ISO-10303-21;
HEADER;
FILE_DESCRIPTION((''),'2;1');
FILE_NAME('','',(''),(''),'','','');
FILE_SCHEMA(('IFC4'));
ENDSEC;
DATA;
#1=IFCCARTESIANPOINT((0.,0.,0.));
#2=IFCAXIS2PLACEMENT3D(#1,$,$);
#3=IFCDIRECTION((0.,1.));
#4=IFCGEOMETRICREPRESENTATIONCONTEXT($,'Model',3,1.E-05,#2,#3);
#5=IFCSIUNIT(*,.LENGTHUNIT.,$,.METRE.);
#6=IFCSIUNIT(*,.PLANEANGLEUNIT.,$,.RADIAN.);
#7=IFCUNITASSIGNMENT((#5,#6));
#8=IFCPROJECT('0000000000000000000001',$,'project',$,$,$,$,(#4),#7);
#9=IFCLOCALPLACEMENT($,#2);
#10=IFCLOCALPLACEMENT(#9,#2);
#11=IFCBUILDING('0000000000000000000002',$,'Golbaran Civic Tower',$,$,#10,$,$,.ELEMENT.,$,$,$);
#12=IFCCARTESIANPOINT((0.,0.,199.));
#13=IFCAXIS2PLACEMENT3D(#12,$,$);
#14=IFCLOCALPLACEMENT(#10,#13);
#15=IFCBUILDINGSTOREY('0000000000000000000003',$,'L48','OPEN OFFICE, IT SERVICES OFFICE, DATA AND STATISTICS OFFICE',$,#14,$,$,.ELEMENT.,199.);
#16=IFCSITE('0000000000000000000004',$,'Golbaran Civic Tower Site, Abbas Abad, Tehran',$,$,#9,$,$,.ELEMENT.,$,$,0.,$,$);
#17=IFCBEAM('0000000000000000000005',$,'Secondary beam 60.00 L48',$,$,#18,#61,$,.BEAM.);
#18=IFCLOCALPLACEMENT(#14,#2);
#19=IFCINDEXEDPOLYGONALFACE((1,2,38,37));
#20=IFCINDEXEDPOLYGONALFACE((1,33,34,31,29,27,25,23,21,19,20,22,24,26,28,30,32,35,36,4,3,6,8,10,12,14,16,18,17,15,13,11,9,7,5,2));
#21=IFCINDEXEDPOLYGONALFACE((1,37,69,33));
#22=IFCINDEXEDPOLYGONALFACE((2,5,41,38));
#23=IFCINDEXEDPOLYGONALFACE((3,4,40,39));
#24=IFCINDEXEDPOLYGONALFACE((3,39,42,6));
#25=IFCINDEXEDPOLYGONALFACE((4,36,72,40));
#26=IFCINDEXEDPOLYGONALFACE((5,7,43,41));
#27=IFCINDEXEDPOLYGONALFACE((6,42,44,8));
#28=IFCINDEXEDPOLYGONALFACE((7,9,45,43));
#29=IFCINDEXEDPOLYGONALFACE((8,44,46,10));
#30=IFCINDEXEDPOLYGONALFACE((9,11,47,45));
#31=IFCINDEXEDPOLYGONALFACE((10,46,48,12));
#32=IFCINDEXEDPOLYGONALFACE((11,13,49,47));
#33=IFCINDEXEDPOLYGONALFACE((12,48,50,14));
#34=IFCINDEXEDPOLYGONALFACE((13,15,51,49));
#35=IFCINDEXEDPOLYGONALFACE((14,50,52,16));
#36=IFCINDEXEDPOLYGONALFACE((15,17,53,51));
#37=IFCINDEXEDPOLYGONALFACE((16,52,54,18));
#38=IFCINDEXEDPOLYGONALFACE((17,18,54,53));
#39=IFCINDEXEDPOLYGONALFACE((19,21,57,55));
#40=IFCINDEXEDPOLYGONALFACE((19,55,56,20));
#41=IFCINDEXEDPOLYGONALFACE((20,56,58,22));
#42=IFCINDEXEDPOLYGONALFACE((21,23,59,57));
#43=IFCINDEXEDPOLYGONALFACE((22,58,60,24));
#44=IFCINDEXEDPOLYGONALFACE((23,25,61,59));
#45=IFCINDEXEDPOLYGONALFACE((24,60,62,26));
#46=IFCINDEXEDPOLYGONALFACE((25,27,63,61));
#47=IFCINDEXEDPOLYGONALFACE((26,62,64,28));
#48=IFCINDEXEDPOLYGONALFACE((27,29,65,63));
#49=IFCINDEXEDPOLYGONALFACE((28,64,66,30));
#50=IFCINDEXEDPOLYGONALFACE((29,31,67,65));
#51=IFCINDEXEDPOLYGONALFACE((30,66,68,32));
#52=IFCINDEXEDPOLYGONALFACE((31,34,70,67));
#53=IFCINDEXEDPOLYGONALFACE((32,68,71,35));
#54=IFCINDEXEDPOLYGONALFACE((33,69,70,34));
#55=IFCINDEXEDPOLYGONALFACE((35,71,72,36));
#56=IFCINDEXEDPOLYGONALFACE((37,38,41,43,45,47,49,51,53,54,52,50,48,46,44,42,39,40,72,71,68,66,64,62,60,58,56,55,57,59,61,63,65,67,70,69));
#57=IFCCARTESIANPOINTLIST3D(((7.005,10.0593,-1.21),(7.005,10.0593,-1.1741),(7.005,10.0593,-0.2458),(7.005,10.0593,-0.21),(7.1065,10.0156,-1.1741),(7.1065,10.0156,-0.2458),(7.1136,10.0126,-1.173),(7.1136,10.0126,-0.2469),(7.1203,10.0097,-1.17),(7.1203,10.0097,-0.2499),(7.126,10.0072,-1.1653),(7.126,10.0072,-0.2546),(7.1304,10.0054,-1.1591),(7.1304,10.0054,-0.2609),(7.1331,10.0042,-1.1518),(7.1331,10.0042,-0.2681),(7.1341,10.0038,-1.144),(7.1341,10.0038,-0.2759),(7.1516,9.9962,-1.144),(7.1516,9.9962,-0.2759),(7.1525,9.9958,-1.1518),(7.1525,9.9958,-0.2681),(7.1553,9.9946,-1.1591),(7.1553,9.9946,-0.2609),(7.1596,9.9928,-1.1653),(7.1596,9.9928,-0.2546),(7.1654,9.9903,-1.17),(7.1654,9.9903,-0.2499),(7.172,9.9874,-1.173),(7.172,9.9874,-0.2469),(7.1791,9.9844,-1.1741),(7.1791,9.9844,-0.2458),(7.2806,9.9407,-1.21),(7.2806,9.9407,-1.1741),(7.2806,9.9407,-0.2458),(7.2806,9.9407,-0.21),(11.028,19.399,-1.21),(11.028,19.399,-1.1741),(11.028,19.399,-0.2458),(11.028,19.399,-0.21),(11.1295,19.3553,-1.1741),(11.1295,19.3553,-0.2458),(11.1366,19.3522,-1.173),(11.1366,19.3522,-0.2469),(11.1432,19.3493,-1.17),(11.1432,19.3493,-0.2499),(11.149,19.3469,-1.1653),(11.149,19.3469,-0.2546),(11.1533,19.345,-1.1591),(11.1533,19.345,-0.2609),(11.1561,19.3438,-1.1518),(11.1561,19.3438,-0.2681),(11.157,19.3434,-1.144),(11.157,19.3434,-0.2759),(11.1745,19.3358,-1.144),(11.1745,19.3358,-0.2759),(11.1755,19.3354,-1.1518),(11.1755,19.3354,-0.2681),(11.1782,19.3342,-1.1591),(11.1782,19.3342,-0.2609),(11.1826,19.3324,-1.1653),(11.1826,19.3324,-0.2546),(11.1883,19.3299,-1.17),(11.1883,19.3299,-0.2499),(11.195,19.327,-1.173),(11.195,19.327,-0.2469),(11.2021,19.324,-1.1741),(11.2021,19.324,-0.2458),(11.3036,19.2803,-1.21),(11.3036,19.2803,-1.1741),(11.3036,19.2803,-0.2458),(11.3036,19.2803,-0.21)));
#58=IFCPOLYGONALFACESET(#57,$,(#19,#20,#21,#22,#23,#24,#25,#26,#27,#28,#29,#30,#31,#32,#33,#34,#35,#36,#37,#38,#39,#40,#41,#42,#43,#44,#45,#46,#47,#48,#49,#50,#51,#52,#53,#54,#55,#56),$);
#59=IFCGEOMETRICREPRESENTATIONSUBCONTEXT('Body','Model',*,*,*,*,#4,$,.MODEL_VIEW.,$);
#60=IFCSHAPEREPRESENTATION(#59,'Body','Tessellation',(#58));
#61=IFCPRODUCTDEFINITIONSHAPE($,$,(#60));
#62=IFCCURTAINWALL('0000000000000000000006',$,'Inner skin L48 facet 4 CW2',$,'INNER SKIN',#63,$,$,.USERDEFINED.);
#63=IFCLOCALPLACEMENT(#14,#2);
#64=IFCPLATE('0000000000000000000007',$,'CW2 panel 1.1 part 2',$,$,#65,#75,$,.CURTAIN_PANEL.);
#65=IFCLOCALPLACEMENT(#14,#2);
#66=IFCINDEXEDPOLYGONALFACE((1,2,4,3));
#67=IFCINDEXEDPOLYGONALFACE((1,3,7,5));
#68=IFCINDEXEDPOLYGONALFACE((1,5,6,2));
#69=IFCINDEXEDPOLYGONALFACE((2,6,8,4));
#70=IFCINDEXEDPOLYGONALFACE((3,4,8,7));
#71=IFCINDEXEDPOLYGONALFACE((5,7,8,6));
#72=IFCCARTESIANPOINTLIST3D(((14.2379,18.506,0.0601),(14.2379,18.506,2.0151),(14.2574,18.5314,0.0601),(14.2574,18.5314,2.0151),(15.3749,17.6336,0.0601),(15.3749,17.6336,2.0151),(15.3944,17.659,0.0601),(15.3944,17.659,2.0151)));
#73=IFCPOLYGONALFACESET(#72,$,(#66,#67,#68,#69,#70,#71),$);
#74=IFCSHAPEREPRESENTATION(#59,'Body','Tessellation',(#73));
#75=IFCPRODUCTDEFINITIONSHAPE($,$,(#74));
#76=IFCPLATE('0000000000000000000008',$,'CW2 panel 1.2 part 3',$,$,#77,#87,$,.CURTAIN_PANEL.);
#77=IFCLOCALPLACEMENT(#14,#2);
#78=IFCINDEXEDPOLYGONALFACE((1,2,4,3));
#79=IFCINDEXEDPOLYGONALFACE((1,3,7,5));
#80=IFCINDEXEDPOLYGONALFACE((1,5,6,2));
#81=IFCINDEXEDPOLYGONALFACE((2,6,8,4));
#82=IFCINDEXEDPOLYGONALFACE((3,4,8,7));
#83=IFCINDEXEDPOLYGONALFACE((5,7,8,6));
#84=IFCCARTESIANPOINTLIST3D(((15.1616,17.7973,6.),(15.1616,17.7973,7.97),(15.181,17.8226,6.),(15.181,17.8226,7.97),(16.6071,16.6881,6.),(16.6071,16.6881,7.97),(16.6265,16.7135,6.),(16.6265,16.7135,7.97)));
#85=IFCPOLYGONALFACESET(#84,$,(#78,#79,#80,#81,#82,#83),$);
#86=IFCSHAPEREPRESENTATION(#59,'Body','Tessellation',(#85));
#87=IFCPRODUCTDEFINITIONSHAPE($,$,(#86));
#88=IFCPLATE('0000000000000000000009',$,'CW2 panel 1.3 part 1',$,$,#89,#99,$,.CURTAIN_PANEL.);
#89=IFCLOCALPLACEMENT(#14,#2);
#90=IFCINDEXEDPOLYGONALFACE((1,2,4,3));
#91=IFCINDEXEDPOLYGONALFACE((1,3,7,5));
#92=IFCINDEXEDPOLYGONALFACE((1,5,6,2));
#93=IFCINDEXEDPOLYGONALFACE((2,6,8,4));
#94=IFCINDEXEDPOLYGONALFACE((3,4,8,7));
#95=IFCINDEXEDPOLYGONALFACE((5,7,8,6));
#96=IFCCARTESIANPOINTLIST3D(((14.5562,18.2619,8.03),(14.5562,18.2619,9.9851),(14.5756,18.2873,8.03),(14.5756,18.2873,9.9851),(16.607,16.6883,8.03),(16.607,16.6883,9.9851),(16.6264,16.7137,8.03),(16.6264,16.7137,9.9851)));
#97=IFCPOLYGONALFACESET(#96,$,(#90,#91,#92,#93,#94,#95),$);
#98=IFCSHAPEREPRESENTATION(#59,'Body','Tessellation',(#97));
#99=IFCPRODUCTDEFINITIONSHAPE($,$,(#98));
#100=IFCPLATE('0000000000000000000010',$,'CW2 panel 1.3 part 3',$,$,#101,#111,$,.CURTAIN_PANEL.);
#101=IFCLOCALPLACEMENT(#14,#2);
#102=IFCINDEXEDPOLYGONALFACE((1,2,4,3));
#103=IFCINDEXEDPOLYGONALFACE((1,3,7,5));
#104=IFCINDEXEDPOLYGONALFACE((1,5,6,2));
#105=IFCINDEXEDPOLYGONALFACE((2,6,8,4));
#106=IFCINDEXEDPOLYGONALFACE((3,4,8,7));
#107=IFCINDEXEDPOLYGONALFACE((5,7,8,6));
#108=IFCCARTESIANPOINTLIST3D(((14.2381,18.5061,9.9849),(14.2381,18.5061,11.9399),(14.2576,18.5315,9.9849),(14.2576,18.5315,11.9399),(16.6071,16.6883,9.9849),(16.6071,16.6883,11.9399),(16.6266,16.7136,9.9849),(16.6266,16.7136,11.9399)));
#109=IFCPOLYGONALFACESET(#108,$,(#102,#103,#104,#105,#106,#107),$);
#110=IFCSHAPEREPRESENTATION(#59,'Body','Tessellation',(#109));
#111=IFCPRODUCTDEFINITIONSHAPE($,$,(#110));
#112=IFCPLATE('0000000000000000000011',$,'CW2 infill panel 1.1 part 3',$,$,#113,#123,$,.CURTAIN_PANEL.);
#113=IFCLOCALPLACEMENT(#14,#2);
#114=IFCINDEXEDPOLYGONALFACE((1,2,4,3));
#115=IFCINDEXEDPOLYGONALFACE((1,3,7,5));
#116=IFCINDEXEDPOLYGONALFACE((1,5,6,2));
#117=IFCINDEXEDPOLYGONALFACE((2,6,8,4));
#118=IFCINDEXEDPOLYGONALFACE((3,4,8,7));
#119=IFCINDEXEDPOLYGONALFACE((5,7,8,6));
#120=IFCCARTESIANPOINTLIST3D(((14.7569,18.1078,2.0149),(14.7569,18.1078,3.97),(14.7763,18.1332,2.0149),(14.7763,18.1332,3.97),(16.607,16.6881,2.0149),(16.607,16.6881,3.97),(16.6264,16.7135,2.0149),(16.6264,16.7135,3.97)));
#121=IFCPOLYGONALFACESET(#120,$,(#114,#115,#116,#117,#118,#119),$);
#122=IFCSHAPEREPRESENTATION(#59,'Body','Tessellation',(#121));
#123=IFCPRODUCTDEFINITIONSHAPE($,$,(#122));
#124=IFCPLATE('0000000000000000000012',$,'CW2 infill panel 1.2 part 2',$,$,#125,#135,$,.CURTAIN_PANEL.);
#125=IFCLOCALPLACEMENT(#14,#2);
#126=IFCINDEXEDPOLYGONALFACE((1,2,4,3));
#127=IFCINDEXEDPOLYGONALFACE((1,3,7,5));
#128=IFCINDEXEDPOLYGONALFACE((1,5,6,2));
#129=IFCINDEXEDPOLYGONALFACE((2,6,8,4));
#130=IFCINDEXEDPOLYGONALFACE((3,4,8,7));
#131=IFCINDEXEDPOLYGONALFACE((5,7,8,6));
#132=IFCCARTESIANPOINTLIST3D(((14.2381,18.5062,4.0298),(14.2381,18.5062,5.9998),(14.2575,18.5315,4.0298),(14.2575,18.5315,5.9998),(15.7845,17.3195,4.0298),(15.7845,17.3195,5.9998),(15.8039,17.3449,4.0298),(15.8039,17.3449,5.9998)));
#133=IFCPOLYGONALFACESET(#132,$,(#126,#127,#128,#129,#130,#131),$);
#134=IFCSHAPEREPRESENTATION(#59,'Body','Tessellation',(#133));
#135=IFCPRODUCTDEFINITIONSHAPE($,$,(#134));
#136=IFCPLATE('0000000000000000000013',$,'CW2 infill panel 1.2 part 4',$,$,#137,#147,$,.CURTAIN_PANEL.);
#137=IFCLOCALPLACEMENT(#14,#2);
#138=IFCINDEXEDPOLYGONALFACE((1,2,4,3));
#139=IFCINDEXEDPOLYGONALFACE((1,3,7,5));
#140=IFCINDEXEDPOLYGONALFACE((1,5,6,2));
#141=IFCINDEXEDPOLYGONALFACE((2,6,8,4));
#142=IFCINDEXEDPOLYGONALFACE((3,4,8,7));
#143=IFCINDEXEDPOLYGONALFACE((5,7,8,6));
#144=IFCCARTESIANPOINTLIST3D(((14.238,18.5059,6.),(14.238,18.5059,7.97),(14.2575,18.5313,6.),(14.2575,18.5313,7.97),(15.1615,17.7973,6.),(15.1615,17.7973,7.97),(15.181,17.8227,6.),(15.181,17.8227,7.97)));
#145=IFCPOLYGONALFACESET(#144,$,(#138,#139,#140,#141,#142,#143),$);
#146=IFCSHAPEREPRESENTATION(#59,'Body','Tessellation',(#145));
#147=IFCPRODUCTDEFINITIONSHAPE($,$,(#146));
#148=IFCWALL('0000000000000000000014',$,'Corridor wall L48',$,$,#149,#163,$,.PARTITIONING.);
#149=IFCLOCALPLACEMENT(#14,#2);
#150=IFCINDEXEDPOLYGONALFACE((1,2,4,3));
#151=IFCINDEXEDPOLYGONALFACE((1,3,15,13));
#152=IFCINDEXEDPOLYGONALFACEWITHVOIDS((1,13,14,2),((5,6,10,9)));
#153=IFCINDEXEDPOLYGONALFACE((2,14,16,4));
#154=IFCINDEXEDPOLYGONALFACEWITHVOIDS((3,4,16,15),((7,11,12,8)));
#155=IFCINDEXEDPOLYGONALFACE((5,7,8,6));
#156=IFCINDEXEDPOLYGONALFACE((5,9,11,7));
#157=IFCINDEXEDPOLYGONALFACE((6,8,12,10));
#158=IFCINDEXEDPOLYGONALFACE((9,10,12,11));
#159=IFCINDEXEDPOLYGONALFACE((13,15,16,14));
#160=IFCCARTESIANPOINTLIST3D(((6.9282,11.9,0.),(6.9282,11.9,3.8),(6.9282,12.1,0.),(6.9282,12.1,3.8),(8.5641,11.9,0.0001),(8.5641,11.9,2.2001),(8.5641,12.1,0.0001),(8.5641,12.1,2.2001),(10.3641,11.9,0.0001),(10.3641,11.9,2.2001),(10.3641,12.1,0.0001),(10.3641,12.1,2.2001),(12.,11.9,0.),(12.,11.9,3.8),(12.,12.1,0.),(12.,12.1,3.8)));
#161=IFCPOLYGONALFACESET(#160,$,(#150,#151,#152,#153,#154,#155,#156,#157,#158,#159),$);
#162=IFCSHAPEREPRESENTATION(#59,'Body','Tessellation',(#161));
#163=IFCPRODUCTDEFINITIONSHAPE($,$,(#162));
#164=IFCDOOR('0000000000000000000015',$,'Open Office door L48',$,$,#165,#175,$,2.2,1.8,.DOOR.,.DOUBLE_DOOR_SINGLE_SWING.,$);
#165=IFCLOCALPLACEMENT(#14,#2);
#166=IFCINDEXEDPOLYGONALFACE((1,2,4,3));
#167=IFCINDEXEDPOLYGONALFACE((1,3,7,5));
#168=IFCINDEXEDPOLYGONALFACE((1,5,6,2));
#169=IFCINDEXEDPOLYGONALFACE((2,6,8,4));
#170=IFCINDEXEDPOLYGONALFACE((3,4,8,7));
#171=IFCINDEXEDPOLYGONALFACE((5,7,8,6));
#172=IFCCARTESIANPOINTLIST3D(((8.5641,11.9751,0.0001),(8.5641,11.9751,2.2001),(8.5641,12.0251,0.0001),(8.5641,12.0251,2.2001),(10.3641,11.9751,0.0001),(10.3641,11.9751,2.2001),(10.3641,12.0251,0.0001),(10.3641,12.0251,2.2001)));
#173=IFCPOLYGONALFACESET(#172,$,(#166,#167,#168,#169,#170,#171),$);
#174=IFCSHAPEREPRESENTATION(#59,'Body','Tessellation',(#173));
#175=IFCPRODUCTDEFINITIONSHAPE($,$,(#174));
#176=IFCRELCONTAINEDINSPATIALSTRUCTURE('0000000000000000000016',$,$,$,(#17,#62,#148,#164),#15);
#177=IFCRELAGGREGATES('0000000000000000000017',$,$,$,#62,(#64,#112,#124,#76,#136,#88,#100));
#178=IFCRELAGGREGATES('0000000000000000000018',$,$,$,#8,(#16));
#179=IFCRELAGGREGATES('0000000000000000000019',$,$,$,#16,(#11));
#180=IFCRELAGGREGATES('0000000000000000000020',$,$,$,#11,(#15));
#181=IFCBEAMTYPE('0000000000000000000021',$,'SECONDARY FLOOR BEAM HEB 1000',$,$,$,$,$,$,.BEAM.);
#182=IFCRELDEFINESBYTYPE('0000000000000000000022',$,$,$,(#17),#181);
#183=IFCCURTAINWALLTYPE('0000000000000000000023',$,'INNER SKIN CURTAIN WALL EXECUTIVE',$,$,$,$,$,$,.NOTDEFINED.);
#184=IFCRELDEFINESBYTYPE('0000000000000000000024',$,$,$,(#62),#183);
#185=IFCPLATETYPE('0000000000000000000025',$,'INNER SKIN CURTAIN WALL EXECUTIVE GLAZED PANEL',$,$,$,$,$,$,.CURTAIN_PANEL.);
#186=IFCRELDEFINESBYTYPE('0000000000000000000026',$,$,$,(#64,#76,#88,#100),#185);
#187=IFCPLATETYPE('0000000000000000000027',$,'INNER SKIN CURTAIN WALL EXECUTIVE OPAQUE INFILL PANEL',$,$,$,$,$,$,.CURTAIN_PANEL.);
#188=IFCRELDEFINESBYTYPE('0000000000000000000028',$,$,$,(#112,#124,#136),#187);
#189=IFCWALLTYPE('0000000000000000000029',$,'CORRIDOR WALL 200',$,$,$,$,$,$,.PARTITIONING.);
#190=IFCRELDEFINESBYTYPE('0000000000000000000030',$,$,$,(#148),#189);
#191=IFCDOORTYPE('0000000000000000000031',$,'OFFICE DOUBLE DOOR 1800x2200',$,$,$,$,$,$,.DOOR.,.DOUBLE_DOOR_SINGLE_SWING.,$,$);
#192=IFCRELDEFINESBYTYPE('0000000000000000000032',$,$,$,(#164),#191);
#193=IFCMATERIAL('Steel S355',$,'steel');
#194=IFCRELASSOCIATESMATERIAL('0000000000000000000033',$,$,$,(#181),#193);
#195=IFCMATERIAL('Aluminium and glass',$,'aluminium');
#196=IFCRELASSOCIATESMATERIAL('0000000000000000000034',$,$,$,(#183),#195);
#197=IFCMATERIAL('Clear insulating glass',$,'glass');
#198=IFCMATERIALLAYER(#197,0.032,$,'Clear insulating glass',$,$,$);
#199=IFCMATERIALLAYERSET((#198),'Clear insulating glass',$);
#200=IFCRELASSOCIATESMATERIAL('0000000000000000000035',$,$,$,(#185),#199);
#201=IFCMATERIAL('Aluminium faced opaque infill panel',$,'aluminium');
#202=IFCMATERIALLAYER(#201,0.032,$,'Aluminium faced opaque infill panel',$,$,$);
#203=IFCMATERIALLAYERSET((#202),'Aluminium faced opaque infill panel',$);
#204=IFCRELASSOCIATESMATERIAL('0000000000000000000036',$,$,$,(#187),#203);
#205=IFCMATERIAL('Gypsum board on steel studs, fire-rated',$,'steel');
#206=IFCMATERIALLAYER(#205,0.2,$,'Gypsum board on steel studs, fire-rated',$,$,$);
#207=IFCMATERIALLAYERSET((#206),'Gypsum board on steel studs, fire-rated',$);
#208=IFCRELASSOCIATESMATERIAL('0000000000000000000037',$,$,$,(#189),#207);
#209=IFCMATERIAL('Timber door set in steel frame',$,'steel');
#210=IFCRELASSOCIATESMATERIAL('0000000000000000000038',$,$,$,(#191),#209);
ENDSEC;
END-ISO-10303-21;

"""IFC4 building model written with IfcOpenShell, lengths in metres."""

from ifc_helpers import new_model, si_unit, direction, frame, frame_2d, origin, origin_2d, place, context, subcontext, project, spatial, rectangle, i_section, extrude, material, layer, layer_set, material_profile, profile_set, type_object, element, fill, aggregate, save


model = new_model("IFC4")

# Units and contexts
model_context = context("Model", 3, precision=1e-05, world=origin(), true_north=direction((0.0, 1.0)))
body_context = subcontext(model_context, "Body", "Model", "MODEL_VIEW")
ifc_project = project(units=[si_unit("LENGTHUNIT", "METRE"), si_unit("PLANEANGLEUNIT", "RADIAN")], contexts=[model_context])

# Site, building, storey
site_placement = place(None, origin())
site = spatial("IfcSite", under=ifc_project, at=site_placement, Name="Golbaran Civic Tower Site, Abbas Abad, Tehran", CompositionType="ELEMENT", RefElevation=0.0)
building_placement = place(site_placement, origin())
building = spatial("IfcBuilding", under=site, at=building_placement, Name="Golbaran Civic Tower", CompositionType="ELEMENT")
storey_placement = place(building_placement, frame((0.0, 0.0, 199.0)))
storey = spatial("IfcBuildingStorey", under=building, at=storey_placement, Name="L48", Description="OPEN OFFICE, IT SERVICES OFFICE, DATA AND STATISTICS OFFICE", CompositionType="ELEMENT", Elevation=199.0)

# Beam
ifc_material_1 = material(Name="Steel S355", Category="steel")
ifc_material_profile_1 = material_profile(ifc_material_1, i_section(OverallWidth=0.3, OverallDepth=1.0, WebThickness=0.019, FlangeThickness=0.0359, FilletRadius=0.03, at=origin_2d()), Name="HEB 1000")
ifc_profile_set_1 = profile_set([ifc_material_profile_1], Name="Steel S355")
beam_type_1 = type_object("IfcBeamType", Name="SECONDARY FLOOR BEAM HEB 1000", PredefinedType="BEAM", material=ifc_profile_set_1)
beam_1_placement = place(storey_placement, frame((7.1428, 10.0, -0.71), z_axis=(0.395602, 0.918422, 0.0), x_axis=(-0.918422, 0.395602, 0.0)))
element("IfcBeam", 1, at=beam_1_placement, inside=storey, type_object=beam_type_1, Name="Secondary beam 60.00 L48", PredefinedType="BEAM", context=body_context, shape_type="SweptSolid", body=[
    extrude(i_section(OverallWidth=0.3, OverallDepth=1.0, WebThickness=0.019, FlangeThickness=0.0359, FilletRadius=0.03, at=origin_2d()), origin(), (0.0, 0.0, 1.0), 10.1692),
])

# Curtain wall, plates
ifc_material_2 = material(Name="Aluminium and glass", Category="aluminium")
curtain_wall_type = type_object("IfcCurtainWallType", Name="INNER SKIN CURTAIN WALL EXECUTIVE", PredefinedType="NOTDEFINED", material=ifc_material_2)
curtain_wall_placement = place(storey_placement, origin())
curtain_wall = element("IfcCurtainWall", 2, at=curtain_wall_placement, inside=storey, type_object=curtain_wall_type, Name="Inner skin L48 facet 4 CW2", ObjectType="INNER SKIN", PredefinedType="USERDEFINED")
ifc_material_3 = material(Name="Clear insulating glass", Category="glass")
ifc_layer_1 = layer(ifc_material_3, 0.032, Name="Clear insulating glass")
ifc_layer_set_1 = layer_set([ifc_layer_1], Name="Clear insulating glass")
plate_type_1 = type_object("IfcPlateType", Name="INNER SKIN CURTAIN WALL EXECUTIVE GLAZED PANEL", PredefinedType="CURTAIN_PANEL", material=ifc_layer_set_1)
plate_1_placement = place(storey_placement, frame((14.8162, 18.0825, 0.0601), z_axis=(0.0, 0.0, 1.0), x_axis=(-0.793353, 0.608761, 0.0)))
plate_1 = element("IfcPlate", 3, at=plate_1_placement, type_object=plate_type_1, Name="CW2 panel 1.1 part 2", PredefinedType="CURTAIN_PANEL", context=body_context, shape_type="SweptSolid", body=[
    extrude(rectangle(XDim=1.4331, YDim=0.032, at=origin_2d()), origin(), (0.0, 0.0, 1.0), 1.9551),
])
plate_2_placement = place(storey_placement, frame((15.894, 17.2554, 6.0), z_axis=(0.0, 0.0, 1.0), x_axis=(-0.793353, 0.608761, 0.0)))
plate_2 = element("IfcPlate", 4, at=plate_2_placement, type_object=plate_type_1, Name="CW2 panel 1.2 part 3", PredefinedType="CURTAIN_PANEL", context=body_context, shape_type="SweptSolid", body=[
    extrude(rectangle(XDim=1.822, YDim=0.032, at=origin_2d()), origin(), (0.0, 0.0, 1.0), 1.97),
])
plate_3_placement = place(storey_placement, frame((15.5913, 17.4878, 8.03), z_axis=(0.0, 0.0, 1.0), x_axis=(-0.793353, 0.608761, 0.0)))
plate_3 = element("IfcPlate", 5, at=plate_3_placement, type_object=plate_type_1, Name="CW2 panel 1.3 part 1", PredefinedType="CURTAIN_PANEL", context=body_context, shape_type="SweptSolid", body=[
    extrude(rectangle(XDim=2.585, YDim=0.032, at=origin_2d()), origin(), (0.0, 0.0, 1.0), 1.9551),
])
plate_4_placement = place(storey_placement, frame((15.4324, 17.6099, 9.9849), z_axis=(0.0, 0.0, 1.0), x_axis=(-0.793353, 0.608761, 0.0)))
plate_4 = element("IfcPlate", 6, at=plate_4_placement, type_object=plate_type_1, Name="CW2 panel 1.3 part 3", PredefinedType="CURTAIN_PANEL", context=body_context, shape_type="SweptSolid", body=[
    extrude(rectangle(XDim=2.9861, YDim=0.032, at=origin_2d()), origin(), (0.0, 0.0, 1.0), 1.9551),
])
ifc_material_4 = material(Name="Aluminium faced opaque infill panel", Category="aluminium")
ifc_layer_2 = layer(ifc_material_4, 0.032, Name="Aluminium faced opaque infill panel")
ifc_layer_set_2 = layer_set([ifc_layer_2], Name="Aluminium faced opaque infill panel")
plate_type_2 = type_object("IfcPlateType", Name="INNER SKIN CURTAIN WALL EXECUTIVE OPAQUE INFILL PANEL", PredefinedType="CURTAIN_PANEL", material=ifc_layer_set_2)
plate_5_placement = place(storey_placement, frame((15.6917, 17.4106, 2.0149), z_axis=(0.0, 0.0, 1.0), x_axis=(-0.793353, 0.608761, 0.0)))
plate_5 = element("IfcPlate", 7, at=plate_5_placement, type_object=plate_type_2, Name="CW2 infill panel 1.1 part 3", PredefinedType="CURTAIN_PANEL", context=body_context, shape_type="SweptSolid", body=[
    extrude(rectangle(XDim=2.332, YDim=0.032, at=origin_2d()), origin(), (0.0, 0.0, 1.0), 1.9551),
])
plate_6_placement = place(storey_placement, frame((15.021, 17.9255, 4.0298), z_axis=(0.0, 0.0, 1.0), x_axis=(-0.793353, 0.608761, 0.0)))
plate_6 = element("IfcPlate", 8, at=plate_6_placement, type_object=plate_type_2, Name="CW2 infill panel 1.2 part 2", PredefinedType="CURTAIN_PANEL", context=body_context, shape_type="SweptSolid", body=[
    extrude(rectangle(XDim=1.9492, YDim=0.032, at=origin_2d()), origin(), (0.0, 0.0, 1.0), 1.97),
])
plate_7_placement = place(storey_placement, frame((14.7095, 18.1643, 6.0), z_axis=(0.0, 0.0, 1.0), x_axis=(-0.793353, 0.608761, 0.0)))
plate_7 = element("IfcPlate", 9, at=plate_7_placement, type_object=plate_type_2, Name="CW2 infill panel 1.2 part 4", PredefinedType="CURTAIN_PANEL", context=body_context, shape_type="SweptSolid", body=[
    extrude(rectangle(XDim=1.1641, YDim=0.032, at=origin_2d()), origin(), (0.0, 0.0, 1.0), 1.97),
])
aggregate(curtain_wall, [plate_1, plate_5, plate_6, plate_2, plate_7, plate_3, plate_4])

# Wall, opening, door
ifc_material_5 = material(Name="Gypsum board on steel studs, fire-rated", Category="steel")
ifc_layer_3 = layer(ifc_material_5, 0.2, Name="Gypsum board on steel studs, fire-rated")
ifc_layer_set_3 = layer_set([ifc_layer_3], Name="Gypsum board on steel studs, fire-rated")
wall_type_1 = type_object("IfcWallType", Name="CORRIDOR WALL 200", PredefinedType="PARTITIONING", material=ifc_layer_set_3)
wall_1_placement = place(storey_placement, frame((12.0, 12.0, 0.0), z_axis=(0.0, 0.0, 1.0), x_axis=(-1.0, 0.0, 0.0)))
wall_1 = element("IfcWall", 10, at=wall_1_placement, inside=storey, type_object=wall_type_1, Name="Corridor wall L48", PredefinedType="PARTITIONING", context=body_context, shape_type="SweptSolid", body=[
    extrude(rectangle(XDim=5.0718, YDim=0.2, at=frame_2d((2.5359, 0.0))), origin(), (0.0, 0.0, 1.0), 3.8),
])
opening_1_placement = place(wall_1_placement, frame((1.636, 0.0, 0.0)))
opening_1 = element("IfcOpeningElement", 11, at=opening_1_placement, cuts=wall_1, PredefinedType="OPENING", context=body_context, shape_type="SweptSolid", body=[
    extrude(rectangle(XDim=1.8, YDim=2.2, at=frame_2d((0.8999, 1.1001))), frame((0.0, 0.1099, 0.0), z_axis=(0.0, -1.0, 0.0), x_axis=(1.0, 0.0, 0.0)), (0.0, 0.0, 1.0), 0.22),
])
ifc_material_6 = material(Name="Timber door set in steel frame", Category="steel")
door_type_1 = type_object("IfcDoorType", Name="OFFICE DOUBLE DOOR 1800x2200", OperationType="DOUBLE_DOOR_SINGLE_SWING", PredefinedType="DOOR", material=ifc_material_6)
door_1_placement = place(opening_1_placement, origin())
door_1 = element("IfcDoor", 12, at=door_1_placement, inside=storey, type_object=door_type_1, Name="Open Office door L48", OperationType="DOUBLE_DOOR_SINGLE_SWING", OverallHeight=2.2, OverallWidth=1.8, PredefinedType="DOOR", context=body_context, shape_type="SweptSolid", body=[
    extrude(rectangle(XDim=1.8, YDim=2.2, at=frame_2d((0.8999, 1.1001))), frame((0.0, 0.0249, 0.0), z_axis=(0.0, -1.0, 0.0), x_axis=(1.0, 0.0, 0.0)), (0.0, 0.0, 1.0), 0.05),
])
fill(opening_1, door_1)

save(model, "model.ifc")
